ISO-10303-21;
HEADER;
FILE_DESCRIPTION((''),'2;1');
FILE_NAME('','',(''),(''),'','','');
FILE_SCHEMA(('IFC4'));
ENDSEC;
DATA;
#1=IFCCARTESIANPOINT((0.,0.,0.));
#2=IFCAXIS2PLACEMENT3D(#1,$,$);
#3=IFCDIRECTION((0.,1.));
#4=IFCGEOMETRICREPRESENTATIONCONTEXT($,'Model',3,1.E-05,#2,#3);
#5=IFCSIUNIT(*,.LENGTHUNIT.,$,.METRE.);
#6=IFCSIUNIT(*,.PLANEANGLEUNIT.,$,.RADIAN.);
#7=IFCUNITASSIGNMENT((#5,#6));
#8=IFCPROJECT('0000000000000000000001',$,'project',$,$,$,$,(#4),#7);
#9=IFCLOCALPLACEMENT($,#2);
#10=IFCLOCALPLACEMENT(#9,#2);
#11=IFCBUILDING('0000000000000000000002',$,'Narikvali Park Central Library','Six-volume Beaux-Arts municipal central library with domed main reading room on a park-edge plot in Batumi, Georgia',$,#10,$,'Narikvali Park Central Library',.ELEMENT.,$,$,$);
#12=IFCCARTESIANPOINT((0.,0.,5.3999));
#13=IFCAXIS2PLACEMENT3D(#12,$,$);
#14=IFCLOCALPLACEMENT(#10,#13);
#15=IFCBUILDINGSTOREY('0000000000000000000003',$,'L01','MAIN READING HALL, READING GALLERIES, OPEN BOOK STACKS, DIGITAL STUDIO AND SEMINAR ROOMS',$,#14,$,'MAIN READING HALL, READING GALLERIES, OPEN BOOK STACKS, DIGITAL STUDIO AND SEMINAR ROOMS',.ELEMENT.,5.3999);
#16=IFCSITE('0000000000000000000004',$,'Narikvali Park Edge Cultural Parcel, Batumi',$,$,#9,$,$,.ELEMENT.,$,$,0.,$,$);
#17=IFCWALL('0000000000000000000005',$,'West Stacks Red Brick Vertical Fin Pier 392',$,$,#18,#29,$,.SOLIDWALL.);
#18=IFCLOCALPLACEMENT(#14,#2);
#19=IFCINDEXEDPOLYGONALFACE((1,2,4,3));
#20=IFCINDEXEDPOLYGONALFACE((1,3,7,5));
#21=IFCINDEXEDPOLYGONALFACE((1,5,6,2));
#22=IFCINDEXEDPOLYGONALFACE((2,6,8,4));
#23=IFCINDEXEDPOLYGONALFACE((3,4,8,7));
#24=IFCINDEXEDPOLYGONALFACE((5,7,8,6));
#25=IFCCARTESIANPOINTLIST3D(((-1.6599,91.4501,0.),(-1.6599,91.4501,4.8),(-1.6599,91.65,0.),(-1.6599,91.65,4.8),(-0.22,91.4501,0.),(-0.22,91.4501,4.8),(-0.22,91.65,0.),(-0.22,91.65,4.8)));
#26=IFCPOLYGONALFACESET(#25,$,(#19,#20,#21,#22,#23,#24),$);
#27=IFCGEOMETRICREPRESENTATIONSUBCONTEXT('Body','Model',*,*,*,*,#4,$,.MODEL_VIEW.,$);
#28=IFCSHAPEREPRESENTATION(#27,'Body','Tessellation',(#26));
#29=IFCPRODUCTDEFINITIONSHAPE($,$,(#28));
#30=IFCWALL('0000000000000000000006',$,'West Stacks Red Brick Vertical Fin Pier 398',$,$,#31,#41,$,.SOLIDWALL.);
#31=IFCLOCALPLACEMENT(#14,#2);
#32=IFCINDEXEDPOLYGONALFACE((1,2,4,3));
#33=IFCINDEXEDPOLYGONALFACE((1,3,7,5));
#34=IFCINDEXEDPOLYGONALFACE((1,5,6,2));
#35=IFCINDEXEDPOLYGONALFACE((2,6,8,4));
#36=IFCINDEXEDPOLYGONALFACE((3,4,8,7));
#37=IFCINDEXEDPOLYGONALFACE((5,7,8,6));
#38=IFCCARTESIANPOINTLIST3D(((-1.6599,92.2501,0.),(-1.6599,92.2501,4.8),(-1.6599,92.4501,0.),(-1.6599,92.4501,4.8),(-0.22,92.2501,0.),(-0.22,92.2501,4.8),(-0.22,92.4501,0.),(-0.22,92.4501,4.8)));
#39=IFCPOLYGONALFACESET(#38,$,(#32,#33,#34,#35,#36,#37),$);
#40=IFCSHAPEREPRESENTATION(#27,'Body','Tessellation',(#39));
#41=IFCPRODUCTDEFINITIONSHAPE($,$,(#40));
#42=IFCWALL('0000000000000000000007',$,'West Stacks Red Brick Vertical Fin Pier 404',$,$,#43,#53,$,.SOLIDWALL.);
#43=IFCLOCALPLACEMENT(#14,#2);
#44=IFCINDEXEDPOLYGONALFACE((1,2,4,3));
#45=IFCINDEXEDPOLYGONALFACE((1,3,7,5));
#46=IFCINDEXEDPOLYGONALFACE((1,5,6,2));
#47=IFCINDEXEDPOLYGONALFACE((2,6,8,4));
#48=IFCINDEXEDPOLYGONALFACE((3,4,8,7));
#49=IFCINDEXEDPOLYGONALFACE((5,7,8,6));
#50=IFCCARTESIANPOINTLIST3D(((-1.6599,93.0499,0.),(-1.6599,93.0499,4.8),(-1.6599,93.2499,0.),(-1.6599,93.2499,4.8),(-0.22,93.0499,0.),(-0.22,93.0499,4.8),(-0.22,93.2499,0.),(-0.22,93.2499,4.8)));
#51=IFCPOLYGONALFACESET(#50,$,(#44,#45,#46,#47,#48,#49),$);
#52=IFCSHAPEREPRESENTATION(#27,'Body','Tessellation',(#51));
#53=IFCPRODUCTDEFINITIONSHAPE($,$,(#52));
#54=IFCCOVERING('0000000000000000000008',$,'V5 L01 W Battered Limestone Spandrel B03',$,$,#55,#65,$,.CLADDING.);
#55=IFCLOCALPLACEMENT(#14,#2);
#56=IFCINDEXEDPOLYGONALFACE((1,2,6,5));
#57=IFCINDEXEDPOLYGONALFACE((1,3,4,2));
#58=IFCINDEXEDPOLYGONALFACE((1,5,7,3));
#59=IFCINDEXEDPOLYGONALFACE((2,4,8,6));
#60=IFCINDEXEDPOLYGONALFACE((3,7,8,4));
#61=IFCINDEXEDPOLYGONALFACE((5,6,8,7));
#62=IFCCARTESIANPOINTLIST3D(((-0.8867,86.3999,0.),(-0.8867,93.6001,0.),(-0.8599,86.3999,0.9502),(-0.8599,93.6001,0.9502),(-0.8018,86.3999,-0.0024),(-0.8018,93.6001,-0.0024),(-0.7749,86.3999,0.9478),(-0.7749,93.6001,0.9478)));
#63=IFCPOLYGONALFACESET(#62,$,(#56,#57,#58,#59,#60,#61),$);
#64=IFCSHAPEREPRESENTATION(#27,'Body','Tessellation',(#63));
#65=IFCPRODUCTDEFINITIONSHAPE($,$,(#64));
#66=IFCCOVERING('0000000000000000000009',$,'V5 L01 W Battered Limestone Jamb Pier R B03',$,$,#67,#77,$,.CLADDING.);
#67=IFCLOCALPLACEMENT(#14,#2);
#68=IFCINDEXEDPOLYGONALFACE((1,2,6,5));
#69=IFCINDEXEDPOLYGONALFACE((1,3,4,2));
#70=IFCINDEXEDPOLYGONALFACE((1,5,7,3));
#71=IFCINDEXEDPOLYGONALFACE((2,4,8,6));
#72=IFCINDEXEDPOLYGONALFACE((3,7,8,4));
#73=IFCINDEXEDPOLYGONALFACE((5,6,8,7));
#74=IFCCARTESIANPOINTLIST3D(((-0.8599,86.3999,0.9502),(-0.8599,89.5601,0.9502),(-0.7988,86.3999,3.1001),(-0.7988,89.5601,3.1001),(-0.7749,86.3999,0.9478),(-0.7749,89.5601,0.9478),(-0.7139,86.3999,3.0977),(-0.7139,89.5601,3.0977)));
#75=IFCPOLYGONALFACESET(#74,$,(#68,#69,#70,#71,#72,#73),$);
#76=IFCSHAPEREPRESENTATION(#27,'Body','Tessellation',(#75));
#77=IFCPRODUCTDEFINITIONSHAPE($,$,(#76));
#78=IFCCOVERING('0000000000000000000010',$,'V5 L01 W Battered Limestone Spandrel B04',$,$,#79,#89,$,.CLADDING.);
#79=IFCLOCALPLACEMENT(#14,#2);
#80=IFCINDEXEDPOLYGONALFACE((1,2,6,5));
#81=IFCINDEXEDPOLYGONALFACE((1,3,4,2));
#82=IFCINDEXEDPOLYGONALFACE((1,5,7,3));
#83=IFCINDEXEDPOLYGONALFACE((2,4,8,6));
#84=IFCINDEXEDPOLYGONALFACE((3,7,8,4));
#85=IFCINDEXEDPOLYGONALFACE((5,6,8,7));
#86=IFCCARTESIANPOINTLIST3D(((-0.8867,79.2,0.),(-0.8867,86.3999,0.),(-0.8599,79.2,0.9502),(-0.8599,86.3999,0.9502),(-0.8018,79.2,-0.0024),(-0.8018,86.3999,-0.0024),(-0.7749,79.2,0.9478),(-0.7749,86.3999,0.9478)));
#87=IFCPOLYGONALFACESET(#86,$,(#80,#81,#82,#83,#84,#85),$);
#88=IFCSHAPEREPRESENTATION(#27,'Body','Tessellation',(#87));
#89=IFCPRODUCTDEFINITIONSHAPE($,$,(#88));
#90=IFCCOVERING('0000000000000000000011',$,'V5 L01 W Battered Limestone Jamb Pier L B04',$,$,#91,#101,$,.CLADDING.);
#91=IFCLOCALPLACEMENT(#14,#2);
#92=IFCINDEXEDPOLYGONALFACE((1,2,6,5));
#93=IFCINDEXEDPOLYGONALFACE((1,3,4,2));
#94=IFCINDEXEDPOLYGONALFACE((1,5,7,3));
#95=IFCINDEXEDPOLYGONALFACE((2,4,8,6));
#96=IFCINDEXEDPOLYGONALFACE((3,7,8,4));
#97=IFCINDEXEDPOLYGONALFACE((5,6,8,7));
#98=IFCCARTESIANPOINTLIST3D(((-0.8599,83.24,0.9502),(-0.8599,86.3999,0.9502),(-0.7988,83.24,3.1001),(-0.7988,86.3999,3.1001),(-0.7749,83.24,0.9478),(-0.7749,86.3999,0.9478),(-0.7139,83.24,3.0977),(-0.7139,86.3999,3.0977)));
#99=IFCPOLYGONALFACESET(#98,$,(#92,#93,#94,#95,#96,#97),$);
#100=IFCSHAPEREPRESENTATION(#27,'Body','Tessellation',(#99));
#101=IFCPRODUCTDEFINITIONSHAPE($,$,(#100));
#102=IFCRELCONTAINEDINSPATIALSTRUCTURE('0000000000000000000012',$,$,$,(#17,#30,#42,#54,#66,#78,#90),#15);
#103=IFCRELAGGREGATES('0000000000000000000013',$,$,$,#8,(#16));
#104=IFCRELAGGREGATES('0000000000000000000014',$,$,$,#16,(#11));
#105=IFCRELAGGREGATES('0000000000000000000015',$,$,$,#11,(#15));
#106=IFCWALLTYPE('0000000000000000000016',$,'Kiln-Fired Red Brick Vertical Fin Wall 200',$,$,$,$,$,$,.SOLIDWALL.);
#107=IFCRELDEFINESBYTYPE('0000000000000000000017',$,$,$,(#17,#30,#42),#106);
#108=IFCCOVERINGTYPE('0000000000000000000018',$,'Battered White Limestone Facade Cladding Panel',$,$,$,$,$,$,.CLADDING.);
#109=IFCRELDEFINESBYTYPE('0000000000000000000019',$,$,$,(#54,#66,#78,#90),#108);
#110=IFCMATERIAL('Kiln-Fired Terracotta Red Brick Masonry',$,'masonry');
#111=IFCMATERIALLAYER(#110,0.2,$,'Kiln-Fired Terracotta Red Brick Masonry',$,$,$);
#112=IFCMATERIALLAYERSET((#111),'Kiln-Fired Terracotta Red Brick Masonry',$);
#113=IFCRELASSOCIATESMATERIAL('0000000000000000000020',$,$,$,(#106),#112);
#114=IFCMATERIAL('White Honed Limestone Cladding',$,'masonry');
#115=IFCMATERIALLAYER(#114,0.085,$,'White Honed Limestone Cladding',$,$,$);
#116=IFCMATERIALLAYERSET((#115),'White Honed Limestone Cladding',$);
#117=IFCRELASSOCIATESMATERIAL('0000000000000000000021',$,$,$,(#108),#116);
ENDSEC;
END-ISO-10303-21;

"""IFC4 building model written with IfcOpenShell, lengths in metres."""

from ifc_helpers import new_model, si_unit, direction, frame, frame_2d, origin, place, context, subcontext, project, spatial, polyline, rectangle, outline, extrude, material, layer, layer_set, type_object, element, save


model = new_model("IFC4")

# Units and contexts
model_context = context("Model", 3, precision=1e-05, world=origin(), true_north=direction((0.0, 1.0)))
body_context = subcontext(model_context, "Body", "Model", "MODEL_VIEW")
ifc_project = project(units=[si_unit("LENGTHUNIT", "METRE"), si_unit("PLANEANGLEUNIT", "RADIAN")], contexts=[model_context])

# Site, building, storey
site_placement = place(None, origin())
site = spatial("IfcSite", under=ifc_project, at=site_placement, Name="Narikvali Park Edge Cultural Parcel, Batumi", CompositionType="ELEMENT", RefElevation=0.0)
building_placement = place(site_placement, origin())
building = spatial("IfcBuilding", under=site, at=building_placement, Name="Narikvali Park Central Library", Description="Six-volume Beaux-Arts municipal central library with domed main reading room on a park-edge plot in Batumi, Georgia", LongName="Narikvali Park Central Library", CompositionType="ELEMENT")
storey_placement = place(building_placement, frame((0.0, 0.0, 5.3999)))
storey = spatial("IfcBuildingStorey", under=building, at=storey_placement, Name="L01", Description="MAIN READING HALL, READING GALLERIES, OPEN BOOK STACKS, DIGITAL STUDIO AND SEMINAR ROOMS", LongName="MAIN READING HALL, READING GALLERIES, OPEN BOOK STACKS, DIGITAL STUDIO AND SEMINAR ROOMS", CompositionType="ELEMENT", Elevation=5.3999)

# Walls
ifc_material_1 = material(Name="Kiln-Fired Terracotta Red Brick Masonry", Category="masonry")
ifc_layer_1 = layer(ifc_material_1, 0.2, Name="Kiln-Fired Terracotta Red Brick Masonry")
ifc_layer_set_1 = layer_set([ifc_layer_1], Name="Kiln-Fired Terracotta Red Brick Masonry")
wall_type = type_object("IfcWallType", Name="Kiln-Fired Red Brick Vertical Fin Wall 200", PredefinedType="SOLIDWALL", material=ifc_layer_set_1)
for number, where, z_axis, x_axis, name in (
    (1, (-1.6599, 91.55, 0.0), (0.0, 0.0, 1.0), (1.0, 0.0, 0.0), "West Stacks Red Brick Vertical Fin Pier 392"),
    (2, (-1.6599, 92.3501, 0.0), (0.0, 0.0, 1.0), (1.0, 0.0, 0.0), "West Stacks Red Brick Vertical Fin Pier 398"),
    (3, (-1.6599, 93.1499, 0.0), (0.0, 0.0, 1.0), (1.0, 0.0, 0.0), "West Stacks Red Brick Vertical Fin Pier 404"),
):
    element("IfcWall", number, at=place(storey_placement, frame(where, z_axis=z_axis, x_axis=x_axis)), inside=storey, type_object=wall_type, Name=name, PredefinedType="SOLIDWALL", context=body_context, shape_type="SweptSolid", body=[
        extrude(rectangle(XDim=1.4399, YDim=0.2, at=frame_2d((0.72, 0.0))), origin(), (0.0, 0.0, 1.0), 4.8),
    ])

# Coverings
ifc_material_2 = material(Name="White Honed Limestone Cladding", Category="masonry")
ifc_layer_2 = layer(ifc_material_2, 0.085, Name="White Honed Limestone Cladding")
ifc_layer_set_2 = layer_set([ifc_layer_2], Name="White Honed Limestone Cladding")
covering_type = type_object("IfcCoveringType", Name="Battered White Limestone Facade Cladding Panel", PredefinedType="CLADDING", material=ifc_layer_set_2)
covering_1_placement = place(storey_placement, frame((-0.8867, 93.6001, 0.0), z_axis=(-0.999601, 0.0, 0.028252), x_axis=(0.0, -1.0, 0.0)))
element("IfcCovering", 4, at=covering_1_placement, inside=storey, type_object=covering_type, Name="V5 L01 W Battered Limestone Spandrel B03", PredefinedType="CLADDING", context=body_context, shape_type="SweptSolid", body=[
    extrude(outline(polyline([(0.0, 0.0), (7.2002, 0.0), (7.2002, 0.9506), (0.0, 0.9506), (0.0, 0.0)])), origin(), (0.0, 0.0, -1.0), 0.085),
])
covering_2_placement = place(storey_placement, frame((-0.8599, 89.5601, 0.9502), z_axis=(-0.999597, 0.0, 0.028378), x_axis=(0.0, -1.0, 0.0)))
element("IfcCovering", 5, at=covering_2_placement, inside=storey, type_object=covering_type, Name="V5 L01 W Battered Limestone Jamb Pier R B03", PredefinedType="CLADDING", context=body_context, shape_type="SweptSolid", body=[
    extrude(outline(polyline([(0.0, 0.0), (3.1602, 0.0), (3.1602, 2.1508), (0.0, 2.1508), (0.0, 0.0)])), origin(), (0.0, 0.0, -1.0), 0.085),
])
covering_3_placement = place(storey_placement, frame((-0.8867, 86.3999, 0.0), z_axis=(-0.999601, 0.0, 0.028252), x_axis=(0.0, -1.0, 0.0)))
element("IfcCovering", 6, at=covering_3_placement, inside=storey, type_object=covering_type, Name="V5 L01 W Battered Limestone Spandrel B04", PredefinedType="CLADDING", context=body_context, shape_type="SweptSolid", body=[
    extrude(outline(polyline([(0.0, 0.0), (7.2, 0.0), (7.2, 0.9506), (0.0, 0.9506), (0.0, 0.0)])), origin(), (0.0, 0.0, -1.0), 0.085),
])
covering_4_placement = place(storey_placement, frame((-0.8599, 86.3999, 0.9502), z_axis=(-0.999597, 0.0, 0.028378), x_axis=(0.0, -1.0, 0.0)))
element("IfcCovering", 7, at=covering_4_placement, inside=storey, type_object=covering_type, Name="V5 L01 W Battered Limestone Jamb Pier L B04", PredefinedType="CLADDING", context=body_context, shape_type="SweptSolid", body=[
    extrude(outline(polyline([(0.0, 0.0), (3.1599, 0.0), (3.1599, 2.1508), (0.0, 2.1508), (0.0, 0.0)])), origin(), (0.0, 0.0, -1.0), 0.085),
])

save(model, "model.ifc")
